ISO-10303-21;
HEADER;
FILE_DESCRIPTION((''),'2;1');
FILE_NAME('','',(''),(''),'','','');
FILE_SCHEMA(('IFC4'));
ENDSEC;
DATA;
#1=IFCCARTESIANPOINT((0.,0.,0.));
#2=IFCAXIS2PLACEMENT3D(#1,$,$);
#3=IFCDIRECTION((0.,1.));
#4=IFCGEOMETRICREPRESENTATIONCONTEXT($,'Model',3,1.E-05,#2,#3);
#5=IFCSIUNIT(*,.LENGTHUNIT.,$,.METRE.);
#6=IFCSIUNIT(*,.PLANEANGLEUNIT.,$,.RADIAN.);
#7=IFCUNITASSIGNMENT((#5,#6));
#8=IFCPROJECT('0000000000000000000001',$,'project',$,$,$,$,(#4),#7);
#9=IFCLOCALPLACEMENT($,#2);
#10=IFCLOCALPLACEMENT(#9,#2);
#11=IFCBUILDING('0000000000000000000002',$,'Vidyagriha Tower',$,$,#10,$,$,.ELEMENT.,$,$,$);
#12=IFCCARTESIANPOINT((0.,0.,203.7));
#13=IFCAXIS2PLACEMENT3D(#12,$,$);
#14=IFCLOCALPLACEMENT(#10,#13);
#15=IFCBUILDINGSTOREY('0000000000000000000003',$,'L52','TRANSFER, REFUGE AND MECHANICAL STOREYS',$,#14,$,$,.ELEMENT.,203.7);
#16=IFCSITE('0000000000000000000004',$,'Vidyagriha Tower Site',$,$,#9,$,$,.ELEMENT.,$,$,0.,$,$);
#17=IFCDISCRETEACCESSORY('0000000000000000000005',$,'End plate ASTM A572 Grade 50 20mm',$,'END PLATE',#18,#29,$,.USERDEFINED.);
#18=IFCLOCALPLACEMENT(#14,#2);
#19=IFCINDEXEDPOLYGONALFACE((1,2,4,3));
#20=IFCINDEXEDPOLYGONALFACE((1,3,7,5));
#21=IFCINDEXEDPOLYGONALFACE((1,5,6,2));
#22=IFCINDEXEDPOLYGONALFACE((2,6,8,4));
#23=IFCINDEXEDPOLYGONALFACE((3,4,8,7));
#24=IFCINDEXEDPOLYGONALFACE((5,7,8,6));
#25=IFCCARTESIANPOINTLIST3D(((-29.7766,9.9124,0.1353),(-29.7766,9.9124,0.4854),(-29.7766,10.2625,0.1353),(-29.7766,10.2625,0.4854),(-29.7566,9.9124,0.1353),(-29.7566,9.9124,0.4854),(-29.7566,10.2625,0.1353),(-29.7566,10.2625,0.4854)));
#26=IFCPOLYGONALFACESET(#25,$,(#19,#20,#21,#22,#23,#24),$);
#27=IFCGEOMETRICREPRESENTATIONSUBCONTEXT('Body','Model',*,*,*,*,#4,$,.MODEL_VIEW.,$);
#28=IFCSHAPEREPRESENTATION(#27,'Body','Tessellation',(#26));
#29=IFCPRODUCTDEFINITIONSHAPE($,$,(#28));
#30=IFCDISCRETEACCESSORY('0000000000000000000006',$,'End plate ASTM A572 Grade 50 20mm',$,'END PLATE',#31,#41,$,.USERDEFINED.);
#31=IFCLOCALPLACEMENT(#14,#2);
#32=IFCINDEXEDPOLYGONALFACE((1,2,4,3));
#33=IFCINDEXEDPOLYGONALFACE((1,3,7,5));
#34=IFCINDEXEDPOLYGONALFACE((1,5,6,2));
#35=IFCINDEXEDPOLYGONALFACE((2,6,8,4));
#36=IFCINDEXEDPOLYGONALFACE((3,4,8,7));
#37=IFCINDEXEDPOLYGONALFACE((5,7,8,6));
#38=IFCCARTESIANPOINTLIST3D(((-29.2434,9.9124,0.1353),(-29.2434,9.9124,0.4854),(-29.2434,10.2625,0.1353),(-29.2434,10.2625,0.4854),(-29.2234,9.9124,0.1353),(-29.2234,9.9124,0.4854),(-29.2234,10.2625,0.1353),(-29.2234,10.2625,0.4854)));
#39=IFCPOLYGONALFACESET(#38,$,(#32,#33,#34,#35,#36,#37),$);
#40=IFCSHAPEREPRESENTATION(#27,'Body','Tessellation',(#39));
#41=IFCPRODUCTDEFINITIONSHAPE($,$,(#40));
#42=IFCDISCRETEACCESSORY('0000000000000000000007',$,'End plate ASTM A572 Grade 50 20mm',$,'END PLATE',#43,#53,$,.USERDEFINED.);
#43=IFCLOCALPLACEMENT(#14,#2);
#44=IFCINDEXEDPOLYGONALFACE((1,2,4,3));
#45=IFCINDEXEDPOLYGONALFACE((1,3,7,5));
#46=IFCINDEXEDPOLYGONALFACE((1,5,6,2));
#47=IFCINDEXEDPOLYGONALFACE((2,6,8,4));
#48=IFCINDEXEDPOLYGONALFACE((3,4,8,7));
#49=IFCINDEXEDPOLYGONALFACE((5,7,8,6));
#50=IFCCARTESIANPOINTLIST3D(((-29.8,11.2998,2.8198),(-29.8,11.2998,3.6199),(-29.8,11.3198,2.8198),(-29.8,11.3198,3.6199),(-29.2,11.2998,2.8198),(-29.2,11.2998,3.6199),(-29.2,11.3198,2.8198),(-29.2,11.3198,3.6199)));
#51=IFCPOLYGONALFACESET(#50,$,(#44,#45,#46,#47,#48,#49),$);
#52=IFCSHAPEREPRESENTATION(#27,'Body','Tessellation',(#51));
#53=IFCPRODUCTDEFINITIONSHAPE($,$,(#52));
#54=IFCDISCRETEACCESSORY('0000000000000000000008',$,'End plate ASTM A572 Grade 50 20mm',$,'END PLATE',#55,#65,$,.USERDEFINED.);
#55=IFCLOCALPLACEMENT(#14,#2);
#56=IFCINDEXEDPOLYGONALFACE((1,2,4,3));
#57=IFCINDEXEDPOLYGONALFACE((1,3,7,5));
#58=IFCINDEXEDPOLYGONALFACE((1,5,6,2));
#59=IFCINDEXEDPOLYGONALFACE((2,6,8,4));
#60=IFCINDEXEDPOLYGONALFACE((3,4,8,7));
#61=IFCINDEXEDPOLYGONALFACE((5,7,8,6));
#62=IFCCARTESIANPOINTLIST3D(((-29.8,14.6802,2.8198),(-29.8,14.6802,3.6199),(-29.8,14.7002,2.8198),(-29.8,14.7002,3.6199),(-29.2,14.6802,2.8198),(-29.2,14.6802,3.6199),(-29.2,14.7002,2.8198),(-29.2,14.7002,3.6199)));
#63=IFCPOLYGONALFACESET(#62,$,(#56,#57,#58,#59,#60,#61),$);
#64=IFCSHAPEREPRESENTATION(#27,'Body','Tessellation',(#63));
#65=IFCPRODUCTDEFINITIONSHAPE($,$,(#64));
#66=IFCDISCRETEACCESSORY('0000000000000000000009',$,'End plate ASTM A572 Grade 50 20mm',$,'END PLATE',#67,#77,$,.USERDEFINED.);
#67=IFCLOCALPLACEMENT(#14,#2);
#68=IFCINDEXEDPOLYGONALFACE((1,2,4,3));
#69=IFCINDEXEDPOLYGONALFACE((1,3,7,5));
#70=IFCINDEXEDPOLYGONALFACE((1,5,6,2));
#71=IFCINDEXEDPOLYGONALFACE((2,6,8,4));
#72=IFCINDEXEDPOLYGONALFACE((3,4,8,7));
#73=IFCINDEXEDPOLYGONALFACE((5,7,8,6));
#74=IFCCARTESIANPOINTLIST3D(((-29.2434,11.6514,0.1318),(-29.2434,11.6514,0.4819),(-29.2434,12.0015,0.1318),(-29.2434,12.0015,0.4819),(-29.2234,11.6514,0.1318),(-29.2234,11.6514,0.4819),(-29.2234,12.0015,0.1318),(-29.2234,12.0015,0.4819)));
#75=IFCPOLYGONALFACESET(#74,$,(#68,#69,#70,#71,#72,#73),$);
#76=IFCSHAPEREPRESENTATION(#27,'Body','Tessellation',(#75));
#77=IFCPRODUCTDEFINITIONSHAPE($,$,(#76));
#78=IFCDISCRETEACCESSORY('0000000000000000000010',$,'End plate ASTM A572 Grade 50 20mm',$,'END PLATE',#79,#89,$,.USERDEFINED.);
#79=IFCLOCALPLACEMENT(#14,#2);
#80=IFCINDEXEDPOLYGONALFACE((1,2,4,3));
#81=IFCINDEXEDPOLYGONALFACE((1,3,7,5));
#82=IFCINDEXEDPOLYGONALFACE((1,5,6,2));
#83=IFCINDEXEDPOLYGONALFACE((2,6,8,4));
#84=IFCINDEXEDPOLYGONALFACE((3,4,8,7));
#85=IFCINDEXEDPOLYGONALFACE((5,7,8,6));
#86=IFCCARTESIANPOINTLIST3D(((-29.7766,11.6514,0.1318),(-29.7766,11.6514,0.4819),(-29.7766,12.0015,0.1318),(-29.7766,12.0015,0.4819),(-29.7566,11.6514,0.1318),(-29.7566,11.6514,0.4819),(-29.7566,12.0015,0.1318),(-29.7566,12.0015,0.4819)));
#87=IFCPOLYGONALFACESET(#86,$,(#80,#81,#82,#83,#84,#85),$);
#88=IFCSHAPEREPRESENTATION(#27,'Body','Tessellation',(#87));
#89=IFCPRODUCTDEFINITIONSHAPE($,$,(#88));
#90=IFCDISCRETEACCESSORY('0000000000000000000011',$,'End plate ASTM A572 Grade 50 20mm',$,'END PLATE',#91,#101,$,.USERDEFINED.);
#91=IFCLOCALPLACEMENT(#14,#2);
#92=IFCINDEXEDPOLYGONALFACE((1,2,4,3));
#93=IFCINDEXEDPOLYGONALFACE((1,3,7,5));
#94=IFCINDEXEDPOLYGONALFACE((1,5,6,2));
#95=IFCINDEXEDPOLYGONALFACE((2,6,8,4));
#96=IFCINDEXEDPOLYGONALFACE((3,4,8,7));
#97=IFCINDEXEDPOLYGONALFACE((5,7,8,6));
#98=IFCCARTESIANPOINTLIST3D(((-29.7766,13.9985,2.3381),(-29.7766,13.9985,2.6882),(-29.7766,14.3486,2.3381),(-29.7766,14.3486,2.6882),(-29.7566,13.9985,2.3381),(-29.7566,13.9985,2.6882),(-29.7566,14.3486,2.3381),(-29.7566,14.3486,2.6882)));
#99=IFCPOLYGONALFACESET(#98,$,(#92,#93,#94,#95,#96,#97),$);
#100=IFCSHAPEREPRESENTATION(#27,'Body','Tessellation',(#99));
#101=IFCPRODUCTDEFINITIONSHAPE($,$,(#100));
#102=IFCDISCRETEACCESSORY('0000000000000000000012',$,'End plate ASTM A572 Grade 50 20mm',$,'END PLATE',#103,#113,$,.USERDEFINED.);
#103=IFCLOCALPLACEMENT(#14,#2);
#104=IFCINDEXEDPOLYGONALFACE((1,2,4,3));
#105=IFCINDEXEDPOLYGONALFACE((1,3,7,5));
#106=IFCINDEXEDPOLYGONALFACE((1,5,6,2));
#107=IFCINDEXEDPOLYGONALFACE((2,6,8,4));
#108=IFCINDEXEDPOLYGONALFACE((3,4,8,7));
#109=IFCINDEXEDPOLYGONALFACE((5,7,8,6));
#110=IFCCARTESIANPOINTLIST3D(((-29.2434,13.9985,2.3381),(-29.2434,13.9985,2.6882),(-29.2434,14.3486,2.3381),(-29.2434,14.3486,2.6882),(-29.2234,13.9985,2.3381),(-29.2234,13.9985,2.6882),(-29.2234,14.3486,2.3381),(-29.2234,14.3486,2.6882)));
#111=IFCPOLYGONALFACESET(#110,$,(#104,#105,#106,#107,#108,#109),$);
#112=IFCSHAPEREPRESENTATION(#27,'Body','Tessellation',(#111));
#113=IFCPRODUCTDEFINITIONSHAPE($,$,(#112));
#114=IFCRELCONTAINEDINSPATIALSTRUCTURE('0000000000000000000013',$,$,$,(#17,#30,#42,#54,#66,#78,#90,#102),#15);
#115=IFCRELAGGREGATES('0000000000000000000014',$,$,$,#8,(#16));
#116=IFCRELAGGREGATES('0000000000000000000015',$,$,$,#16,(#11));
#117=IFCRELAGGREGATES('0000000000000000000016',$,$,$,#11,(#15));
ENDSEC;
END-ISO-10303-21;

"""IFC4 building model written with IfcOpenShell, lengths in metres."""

from ifc_helpers import new_model, si_unit, direction, frame, origin, origin_2d, place, context, subcontext, project, spatial, rectangle, extrude, element, save


model = new_model("IFC4")

# Units and contexts
model_context = context("Model", 3, precision=1e-05, world=origin(), true_north=direction((0.0, 1.0)))
body_context = subcontext(model_context, "Body", "Model", "MODEL_VIEW")
ifc_project = project(units=[si_unit("LENGTHUNIT", "METRE"), si_unit("PLANEANGLEUNIT", "RADIAN")], contexts=[model_context])

# Site, building, storey
site_placement = place(None, origin())
site = spatial("IfcSite", under=ifc_project, at=site_placement, Name="Vidyagriha Tower Site", CompositionType="ELEMENT", RefElevation=0.0)
building_placement = place(site_placement, origin())
building = spatial("IfcBuilding", under=site, at=building_placement, Name="Vidyagriha Tower", CompositionType="ELEMENT")
storey_placement = place(building_placement, frame((0.0, 0.0, 203.7)))
storey = spatial("IfcBuildingStorey", under=building, at=storey_placement, Name="L52", Description="TRANSFER, REFUGE AND MECHANICAL STOREYS", CompositionType="ELEMENT", Elevation=203.7)

# Discrete accessories
for number, where, z_axis, x_axis, name in (
    (1, (-29.7666, 10.0874, 0.1353), (0.0, 0.0, 1.0), (0.0, 1.0, 0.0), "End plate ASTM A572 Grade 50 20mm"),
    (2, (-29.2334, 10.0874, 0.1353), (0.0, 0.0, 1.0), (0.0, 1.0, 0.0), "End plate ASTM A572 Grade 50 20mm"),
):
    element("IfcDiscreteAccessory", number, at=place(storey_placement, frame(where, z_axis=z_axis, x_axis=x_axis)), inside=storey, Name=name, ObjectType="END PLATE", PredefinedType="USERDEFINED", context=body_context, shape_type="SweptSolid", body=[
        extrude(rectangle(XDim=0.3501, YDim=0.02, at=origin_2d()), origin(), (0.0, 0.0, 1.0), 0.3501),
    ])
for number, where, z_axis, x_axis, name in (
    (3, (-29.5, 11.3098, 2.8198), (0.0, 0.0, 1.0), (0.0, -1.0, 0.0), "End plate ASTM A572 Grade 50 20mm"),
    (4, (-29.5, 14.6902, 2.8198), (0.0, 0.0, 1.0), (0.0, 1.0, 0.0), "End plate ASTM A572 Grade 50 20mm"),
):
    element("IfcDiscreteAccessory", number, at=place(storey_placement, frame(where, z_axis=z_axis, x_axis=x_axis)), inside=storey, Name=name, ObjectType="END PLATE", PredefinedType="USERDEFINED", context=body_context, shape_type="SweptSolid", body=[
        extrude(rectangle(XDim=0.02, YDim=0.6001, at=origin_2d()), origin(), (0.0, 0.0, 1.0), 0.8),
    ])
for number, where, z_axis, x_axis, name in (
    (5, (-29.2334, 11.8264, 0.1318), (0.0, 0.0, 1.0), (0.0, -1.0, 0.0), "End plate ASTM A572 Grade 50 20mm"),
    (6, (-29.7666, 11.8264, 0.1318), (0.0, 0.0, 1.0), (0.0, -1.0, 0.0), "End plate ASTM A572 Grade 50 20mm"),
    (7, (-29.7666, 14.1736, 2.3381), (0.0, 0.0, 1.0), (0.0, 1.0, 0.0), "End plate ASTM A572 Grade 50 20mm"),
    (8, (-29.2334, 14.1736, 2.3381), (0.0, 0.0, 1.0), (0.0, 1.0, 0.0), "End plate ASTM A572 Grade 50 20mm"),
):
    element("IfcDiscreteAccessory", number, at=place(storey_placement, frame(where, z_axis=z_axis, x_axis=x_axis)), inside=storey, Name=name, ObjectType="END PLATE", PredefinedType="USERDEFINED", context=body_context, shape_type="SweptSolid", body=[
        extrude(rectangle(XDim=0.3501, YDim=0.02, at=origin_2d()), origin(), (0.0, 0.0, 1.0), 0.3501),
    ])

save(model, "model.ifc")
